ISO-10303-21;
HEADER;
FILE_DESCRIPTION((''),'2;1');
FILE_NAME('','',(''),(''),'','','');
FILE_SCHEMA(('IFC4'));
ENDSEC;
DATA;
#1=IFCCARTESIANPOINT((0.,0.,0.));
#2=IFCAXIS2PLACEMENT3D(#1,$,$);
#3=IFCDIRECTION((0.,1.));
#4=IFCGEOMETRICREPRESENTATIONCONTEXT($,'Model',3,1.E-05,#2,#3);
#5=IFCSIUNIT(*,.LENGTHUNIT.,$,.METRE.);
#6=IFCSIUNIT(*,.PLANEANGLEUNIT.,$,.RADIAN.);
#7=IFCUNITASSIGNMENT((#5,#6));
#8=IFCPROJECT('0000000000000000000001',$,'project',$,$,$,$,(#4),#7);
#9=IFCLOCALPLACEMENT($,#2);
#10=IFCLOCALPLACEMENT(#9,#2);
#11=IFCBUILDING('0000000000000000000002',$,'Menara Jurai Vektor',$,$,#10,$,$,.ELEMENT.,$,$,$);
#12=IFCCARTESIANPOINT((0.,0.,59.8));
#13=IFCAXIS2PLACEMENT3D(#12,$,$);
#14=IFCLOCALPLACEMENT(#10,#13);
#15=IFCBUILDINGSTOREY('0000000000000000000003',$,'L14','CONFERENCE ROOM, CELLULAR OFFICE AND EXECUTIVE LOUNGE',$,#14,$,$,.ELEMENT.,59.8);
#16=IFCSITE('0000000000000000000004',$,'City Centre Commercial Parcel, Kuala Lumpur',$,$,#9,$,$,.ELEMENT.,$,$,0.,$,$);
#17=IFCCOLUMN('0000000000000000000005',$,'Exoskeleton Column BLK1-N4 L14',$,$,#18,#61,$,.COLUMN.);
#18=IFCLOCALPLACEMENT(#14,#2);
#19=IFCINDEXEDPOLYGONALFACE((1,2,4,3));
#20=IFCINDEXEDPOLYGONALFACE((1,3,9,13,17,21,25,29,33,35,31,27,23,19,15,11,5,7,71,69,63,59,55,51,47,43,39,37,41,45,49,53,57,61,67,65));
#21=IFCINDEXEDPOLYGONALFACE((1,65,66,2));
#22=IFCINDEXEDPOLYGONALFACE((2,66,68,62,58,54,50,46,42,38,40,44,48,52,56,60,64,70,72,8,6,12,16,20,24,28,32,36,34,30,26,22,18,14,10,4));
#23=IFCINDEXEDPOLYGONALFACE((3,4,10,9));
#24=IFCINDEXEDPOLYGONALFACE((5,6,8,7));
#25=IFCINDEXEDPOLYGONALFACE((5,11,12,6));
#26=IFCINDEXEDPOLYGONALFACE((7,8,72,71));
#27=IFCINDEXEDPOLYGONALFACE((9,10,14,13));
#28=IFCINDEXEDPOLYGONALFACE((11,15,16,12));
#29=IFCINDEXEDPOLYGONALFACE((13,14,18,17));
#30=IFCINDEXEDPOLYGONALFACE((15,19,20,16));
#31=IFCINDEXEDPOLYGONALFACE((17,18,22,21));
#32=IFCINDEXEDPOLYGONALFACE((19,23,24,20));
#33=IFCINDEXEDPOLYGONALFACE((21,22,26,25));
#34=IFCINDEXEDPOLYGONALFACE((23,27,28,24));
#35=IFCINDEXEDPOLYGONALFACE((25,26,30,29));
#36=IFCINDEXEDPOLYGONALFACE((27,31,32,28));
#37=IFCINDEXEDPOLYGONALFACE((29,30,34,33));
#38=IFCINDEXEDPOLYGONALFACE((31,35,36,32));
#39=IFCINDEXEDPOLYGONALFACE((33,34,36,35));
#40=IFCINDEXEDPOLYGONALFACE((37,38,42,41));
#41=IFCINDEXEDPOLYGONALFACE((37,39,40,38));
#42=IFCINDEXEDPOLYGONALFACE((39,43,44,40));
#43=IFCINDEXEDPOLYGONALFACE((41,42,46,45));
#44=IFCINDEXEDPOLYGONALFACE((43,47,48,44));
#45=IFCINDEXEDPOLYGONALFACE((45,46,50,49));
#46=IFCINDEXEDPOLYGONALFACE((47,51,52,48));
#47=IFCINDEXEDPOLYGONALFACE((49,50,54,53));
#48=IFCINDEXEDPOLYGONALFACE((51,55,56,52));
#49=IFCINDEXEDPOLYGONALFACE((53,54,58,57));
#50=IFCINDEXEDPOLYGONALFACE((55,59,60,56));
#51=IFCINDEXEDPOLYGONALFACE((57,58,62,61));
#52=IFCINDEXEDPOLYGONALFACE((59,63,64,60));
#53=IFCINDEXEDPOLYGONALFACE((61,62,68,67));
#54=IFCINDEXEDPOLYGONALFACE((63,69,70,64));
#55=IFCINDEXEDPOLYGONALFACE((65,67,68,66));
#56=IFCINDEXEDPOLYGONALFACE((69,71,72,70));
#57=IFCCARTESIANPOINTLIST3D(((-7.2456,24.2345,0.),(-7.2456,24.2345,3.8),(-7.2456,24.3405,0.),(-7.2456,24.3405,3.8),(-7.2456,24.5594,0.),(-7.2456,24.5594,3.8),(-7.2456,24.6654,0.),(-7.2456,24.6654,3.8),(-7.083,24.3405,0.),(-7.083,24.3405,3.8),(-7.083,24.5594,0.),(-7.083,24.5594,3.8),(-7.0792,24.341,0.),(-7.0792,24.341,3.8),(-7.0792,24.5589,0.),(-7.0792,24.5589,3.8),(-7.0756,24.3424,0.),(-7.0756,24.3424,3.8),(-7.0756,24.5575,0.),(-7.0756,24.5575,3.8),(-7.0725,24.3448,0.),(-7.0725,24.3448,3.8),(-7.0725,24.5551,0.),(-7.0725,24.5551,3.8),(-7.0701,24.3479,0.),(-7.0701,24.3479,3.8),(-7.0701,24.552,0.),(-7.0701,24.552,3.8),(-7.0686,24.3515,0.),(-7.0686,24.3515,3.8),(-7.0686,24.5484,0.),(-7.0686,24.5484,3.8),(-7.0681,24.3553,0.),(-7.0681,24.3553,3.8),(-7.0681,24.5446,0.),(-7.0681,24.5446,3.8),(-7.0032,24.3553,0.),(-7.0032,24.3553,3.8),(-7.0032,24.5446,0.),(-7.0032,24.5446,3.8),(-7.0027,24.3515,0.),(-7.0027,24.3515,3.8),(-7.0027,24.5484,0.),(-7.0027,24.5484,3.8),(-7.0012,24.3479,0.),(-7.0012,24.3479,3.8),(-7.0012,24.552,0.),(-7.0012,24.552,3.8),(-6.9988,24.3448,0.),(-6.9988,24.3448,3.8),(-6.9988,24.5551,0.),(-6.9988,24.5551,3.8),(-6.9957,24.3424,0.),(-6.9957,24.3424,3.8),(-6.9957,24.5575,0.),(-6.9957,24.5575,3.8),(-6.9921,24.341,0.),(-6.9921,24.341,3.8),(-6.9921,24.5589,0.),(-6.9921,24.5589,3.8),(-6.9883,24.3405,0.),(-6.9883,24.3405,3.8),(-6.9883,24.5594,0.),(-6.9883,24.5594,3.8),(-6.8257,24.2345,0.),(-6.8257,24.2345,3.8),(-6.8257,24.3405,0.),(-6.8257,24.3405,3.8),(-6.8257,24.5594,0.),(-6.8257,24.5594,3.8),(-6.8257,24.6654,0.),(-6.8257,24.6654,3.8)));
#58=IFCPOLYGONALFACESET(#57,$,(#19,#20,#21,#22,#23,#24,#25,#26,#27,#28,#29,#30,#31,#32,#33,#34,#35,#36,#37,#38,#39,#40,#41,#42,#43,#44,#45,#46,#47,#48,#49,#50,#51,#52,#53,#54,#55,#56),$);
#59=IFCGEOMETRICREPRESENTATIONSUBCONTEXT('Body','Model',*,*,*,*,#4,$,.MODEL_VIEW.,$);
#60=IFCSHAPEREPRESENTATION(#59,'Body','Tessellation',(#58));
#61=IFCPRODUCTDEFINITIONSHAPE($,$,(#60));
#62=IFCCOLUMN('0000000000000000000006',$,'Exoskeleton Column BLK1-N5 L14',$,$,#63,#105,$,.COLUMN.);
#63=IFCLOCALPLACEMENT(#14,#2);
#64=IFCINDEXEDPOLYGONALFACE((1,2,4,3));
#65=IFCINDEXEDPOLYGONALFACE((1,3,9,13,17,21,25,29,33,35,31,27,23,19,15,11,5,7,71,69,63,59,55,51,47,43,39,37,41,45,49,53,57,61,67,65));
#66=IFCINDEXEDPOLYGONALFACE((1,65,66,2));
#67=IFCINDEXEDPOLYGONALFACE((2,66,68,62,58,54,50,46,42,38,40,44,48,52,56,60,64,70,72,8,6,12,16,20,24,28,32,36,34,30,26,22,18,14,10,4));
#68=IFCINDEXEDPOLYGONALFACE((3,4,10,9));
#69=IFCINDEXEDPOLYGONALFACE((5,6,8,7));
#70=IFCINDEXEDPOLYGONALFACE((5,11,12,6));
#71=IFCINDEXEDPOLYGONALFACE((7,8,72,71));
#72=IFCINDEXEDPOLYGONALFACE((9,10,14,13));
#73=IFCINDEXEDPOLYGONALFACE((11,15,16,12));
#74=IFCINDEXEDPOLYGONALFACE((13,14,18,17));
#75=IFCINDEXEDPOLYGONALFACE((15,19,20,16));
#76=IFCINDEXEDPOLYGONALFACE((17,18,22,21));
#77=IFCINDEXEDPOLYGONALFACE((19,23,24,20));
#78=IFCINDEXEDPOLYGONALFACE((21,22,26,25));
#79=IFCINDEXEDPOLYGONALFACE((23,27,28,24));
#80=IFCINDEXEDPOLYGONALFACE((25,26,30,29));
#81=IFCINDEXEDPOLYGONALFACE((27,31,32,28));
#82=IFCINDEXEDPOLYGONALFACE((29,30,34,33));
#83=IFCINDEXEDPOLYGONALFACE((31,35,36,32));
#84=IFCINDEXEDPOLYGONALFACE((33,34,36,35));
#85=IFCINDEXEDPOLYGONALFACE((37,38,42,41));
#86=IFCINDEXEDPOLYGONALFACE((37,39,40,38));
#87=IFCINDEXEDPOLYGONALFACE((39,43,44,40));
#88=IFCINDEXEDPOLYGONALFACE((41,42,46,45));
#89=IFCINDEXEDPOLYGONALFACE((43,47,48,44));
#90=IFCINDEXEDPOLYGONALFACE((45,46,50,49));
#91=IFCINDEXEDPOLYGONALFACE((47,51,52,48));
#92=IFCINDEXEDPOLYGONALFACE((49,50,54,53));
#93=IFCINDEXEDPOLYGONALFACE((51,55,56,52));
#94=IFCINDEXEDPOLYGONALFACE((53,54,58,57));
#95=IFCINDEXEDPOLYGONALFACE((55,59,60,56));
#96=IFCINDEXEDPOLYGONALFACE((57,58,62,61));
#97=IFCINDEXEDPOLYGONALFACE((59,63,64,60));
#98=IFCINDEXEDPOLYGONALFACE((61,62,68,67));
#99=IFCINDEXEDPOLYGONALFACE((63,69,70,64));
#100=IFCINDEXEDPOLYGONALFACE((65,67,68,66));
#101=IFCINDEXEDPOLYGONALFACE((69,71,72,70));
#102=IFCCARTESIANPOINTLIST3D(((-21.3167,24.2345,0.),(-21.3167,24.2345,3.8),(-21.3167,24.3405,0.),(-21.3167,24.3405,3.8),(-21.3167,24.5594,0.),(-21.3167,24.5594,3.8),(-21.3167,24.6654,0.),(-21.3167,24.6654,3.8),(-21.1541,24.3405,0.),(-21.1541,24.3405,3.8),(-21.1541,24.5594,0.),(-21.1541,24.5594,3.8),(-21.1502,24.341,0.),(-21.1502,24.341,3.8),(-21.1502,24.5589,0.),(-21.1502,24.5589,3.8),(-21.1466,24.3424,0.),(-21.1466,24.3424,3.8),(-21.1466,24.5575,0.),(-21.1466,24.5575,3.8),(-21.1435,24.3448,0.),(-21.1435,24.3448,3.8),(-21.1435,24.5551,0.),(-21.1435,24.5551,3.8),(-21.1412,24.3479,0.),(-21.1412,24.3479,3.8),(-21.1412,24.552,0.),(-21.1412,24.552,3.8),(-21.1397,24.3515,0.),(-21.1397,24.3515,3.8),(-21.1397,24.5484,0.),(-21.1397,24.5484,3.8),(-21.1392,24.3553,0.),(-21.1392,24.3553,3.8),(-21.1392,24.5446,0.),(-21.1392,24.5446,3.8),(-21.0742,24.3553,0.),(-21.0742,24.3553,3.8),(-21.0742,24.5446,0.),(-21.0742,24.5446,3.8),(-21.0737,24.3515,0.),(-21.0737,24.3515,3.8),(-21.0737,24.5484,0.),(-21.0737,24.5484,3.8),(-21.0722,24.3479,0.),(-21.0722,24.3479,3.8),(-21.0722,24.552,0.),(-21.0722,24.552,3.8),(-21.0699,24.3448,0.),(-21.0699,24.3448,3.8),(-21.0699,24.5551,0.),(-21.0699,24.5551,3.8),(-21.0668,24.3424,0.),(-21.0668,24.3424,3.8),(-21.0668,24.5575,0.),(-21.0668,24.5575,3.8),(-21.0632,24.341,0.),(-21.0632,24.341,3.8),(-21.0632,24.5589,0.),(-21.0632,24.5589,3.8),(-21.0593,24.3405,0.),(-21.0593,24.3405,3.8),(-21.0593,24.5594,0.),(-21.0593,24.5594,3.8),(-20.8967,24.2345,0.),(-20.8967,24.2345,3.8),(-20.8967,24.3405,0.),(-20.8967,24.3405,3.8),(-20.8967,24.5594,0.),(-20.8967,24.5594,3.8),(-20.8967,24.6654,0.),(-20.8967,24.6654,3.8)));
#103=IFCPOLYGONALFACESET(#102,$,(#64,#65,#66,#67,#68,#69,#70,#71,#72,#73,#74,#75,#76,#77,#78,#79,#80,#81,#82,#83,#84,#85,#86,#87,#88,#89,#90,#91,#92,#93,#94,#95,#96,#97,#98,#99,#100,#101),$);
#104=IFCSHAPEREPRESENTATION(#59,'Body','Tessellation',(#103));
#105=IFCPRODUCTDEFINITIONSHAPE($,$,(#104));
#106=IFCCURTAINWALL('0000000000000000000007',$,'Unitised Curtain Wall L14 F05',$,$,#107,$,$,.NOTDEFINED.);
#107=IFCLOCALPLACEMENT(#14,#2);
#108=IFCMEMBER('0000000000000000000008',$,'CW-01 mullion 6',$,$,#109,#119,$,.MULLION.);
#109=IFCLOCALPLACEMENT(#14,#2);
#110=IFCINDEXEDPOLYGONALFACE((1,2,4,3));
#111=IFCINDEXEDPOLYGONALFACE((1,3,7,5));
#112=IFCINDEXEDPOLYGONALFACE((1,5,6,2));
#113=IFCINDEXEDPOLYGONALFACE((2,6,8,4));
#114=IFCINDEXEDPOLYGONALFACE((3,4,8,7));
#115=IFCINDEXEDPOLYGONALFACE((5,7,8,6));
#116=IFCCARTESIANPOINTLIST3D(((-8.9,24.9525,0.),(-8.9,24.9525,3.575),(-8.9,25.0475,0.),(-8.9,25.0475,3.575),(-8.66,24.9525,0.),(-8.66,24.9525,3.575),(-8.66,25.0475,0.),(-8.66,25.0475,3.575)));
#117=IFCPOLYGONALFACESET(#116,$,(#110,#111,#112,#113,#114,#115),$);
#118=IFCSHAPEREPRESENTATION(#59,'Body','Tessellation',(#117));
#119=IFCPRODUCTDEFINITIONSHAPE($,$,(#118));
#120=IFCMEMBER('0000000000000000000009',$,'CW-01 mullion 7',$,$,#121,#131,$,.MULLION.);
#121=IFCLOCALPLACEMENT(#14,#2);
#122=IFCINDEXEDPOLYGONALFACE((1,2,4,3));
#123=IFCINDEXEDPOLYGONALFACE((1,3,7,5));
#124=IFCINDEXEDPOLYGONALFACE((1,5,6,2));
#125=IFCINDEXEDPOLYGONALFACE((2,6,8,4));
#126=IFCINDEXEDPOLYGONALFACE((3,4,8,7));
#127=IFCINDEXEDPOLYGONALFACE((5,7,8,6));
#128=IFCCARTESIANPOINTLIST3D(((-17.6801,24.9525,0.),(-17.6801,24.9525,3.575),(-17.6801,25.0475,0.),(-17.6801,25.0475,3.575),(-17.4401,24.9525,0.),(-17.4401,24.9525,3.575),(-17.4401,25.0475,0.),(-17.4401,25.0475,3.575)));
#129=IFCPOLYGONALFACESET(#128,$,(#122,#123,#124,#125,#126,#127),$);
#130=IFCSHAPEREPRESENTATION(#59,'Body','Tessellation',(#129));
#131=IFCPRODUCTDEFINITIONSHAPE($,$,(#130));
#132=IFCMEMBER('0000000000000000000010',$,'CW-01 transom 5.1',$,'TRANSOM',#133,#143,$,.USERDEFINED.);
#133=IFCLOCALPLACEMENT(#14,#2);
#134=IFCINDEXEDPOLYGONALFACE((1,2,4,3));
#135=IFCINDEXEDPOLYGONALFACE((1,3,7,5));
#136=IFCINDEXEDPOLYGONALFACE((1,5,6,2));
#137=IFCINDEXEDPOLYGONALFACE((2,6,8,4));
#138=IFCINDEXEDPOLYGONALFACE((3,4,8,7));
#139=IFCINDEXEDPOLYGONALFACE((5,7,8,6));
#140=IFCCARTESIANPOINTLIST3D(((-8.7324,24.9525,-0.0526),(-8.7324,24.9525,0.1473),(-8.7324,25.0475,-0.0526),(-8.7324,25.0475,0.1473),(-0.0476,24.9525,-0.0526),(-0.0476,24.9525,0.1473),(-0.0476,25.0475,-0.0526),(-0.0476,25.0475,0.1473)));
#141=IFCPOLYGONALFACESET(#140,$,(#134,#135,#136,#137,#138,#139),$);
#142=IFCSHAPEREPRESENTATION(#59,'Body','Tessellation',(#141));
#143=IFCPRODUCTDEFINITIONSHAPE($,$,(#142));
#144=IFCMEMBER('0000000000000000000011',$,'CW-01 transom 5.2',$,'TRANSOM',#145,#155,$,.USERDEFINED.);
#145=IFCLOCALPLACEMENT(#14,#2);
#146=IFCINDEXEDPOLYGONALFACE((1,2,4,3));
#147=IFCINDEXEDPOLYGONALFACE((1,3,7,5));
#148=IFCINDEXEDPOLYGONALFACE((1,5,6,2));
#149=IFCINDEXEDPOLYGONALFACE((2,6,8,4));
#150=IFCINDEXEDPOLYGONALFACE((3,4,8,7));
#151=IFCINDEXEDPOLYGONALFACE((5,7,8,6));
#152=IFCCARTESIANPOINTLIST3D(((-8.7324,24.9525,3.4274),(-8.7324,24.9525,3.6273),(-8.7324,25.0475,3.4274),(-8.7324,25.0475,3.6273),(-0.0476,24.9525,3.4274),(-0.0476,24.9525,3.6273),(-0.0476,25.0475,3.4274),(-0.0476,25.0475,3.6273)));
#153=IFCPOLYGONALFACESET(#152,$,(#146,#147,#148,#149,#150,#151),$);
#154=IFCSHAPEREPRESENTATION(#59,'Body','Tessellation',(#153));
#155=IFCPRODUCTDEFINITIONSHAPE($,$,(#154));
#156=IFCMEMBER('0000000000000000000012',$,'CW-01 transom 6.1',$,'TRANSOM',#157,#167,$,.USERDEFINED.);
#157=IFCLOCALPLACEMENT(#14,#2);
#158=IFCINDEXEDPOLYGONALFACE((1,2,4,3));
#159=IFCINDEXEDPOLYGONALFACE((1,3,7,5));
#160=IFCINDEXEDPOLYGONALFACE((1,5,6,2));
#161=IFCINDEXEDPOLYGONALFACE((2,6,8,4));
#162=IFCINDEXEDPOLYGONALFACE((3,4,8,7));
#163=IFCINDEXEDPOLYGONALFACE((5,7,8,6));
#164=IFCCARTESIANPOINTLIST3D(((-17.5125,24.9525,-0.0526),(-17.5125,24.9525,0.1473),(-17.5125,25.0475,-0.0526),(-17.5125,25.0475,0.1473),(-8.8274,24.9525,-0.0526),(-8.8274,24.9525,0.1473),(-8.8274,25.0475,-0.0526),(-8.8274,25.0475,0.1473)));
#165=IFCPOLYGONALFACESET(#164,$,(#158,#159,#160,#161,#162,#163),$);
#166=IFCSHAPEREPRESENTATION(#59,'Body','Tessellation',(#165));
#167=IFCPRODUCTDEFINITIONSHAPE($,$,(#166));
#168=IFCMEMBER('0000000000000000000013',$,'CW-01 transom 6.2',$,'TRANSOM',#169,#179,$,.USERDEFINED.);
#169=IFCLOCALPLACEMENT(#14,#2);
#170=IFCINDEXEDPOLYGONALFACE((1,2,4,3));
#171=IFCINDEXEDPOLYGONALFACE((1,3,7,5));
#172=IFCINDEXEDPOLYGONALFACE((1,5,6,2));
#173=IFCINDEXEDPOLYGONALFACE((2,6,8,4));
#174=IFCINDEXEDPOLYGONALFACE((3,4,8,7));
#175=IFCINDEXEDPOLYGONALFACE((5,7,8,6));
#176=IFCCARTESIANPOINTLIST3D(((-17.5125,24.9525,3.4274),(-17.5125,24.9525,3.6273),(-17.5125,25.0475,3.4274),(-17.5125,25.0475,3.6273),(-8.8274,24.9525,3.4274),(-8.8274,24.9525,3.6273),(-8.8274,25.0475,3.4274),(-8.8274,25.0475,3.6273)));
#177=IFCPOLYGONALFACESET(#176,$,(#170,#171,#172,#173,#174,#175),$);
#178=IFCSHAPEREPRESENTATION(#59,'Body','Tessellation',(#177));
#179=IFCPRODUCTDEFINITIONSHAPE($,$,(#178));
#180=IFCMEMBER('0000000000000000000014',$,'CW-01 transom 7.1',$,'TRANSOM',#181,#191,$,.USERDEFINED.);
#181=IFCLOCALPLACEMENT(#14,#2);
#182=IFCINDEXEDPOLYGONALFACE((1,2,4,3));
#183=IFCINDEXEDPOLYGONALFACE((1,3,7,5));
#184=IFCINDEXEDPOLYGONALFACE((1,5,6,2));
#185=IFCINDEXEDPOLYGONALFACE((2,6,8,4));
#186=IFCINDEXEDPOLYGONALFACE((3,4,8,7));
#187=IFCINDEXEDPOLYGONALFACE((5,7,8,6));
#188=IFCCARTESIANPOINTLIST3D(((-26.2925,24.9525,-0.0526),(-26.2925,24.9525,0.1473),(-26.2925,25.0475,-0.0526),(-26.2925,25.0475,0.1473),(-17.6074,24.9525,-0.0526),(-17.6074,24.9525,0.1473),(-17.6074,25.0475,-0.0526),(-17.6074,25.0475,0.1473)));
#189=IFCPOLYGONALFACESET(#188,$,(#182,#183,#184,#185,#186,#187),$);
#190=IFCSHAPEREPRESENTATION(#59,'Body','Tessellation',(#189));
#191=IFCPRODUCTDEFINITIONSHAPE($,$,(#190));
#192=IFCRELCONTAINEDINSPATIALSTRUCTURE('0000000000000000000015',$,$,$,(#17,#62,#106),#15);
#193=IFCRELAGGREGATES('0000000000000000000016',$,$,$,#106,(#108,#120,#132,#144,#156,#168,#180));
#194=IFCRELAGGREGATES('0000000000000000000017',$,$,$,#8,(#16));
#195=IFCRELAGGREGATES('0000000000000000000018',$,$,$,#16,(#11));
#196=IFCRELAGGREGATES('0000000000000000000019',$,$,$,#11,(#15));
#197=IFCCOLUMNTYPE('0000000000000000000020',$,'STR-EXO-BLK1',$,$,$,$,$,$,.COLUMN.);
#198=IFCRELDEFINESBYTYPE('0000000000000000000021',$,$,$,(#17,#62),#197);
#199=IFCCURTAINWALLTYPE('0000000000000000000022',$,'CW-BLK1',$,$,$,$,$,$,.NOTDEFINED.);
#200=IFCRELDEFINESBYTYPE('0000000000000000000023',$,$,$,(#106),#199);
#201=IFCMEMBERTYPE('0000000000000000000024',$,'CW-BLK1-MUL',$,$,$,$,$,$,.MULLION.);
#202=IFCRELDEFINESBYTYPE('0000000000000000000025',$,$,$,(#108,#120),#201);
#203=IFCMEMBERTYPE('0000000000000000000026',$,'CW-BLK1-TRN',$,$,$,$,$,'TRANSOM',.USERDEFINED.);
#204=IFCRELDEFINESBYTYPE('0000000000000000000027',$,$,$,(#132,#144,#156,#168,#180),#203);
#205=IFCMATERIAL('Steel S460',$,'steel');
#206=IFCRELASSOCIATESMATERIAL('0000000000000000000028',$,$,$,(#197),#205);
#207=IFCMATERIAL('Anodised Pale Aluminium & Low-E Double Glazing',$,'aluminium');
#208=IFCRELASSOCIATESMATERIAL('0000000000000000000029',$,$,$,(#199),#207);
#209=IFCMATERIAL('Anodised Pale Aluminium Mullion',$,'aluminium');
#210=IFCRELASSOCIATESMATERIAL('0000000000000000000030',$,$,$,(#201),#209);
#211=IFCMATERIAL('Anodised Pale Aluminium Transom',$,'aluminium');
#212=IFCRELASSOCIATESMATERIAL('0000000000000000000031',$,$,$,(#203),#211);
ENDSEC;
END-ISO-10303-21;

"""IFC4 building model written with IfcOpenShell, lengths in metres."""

from ifc_helpers import new_model, si_unit, direction, frame, origin, origin_2d, place, context, subcontext, project, spatial, rectangle, i_section, extrude, material, material_profile, profile_set, type_object, element, aggregate, save


model = new_model("IFC4")

# Units and contexts
model_context = context("Model", 3, precision=1e-05, world=origin(), true_north=direction((0.0, 1.0)))
body_context = subcontext(model_context, "Body", "Model", "MODEL_VIEW")
ifc_project = project(units=[si_unit("LENGTHUNIT", "METRE"), si_unit("PLANEANGLEUNIT", "RADIAN")], contexts=[model_context])

# Site, building, storey
site_placement = place(None, origin())
site = spatial("IfcSite", under=ifc_project, at=site_placement, Name="City Centre Commercial Parcel, Kuala Lumpur", CompositionType="ELEMENT", RefElevation=0.0)
building_placement = place(site_placement, origin())
building = spatial("IfcBuilding", under=site, at=building_placement, Name="Menara Jurai Vektor", CompositionType="ELEMENT")
storey_placement = place(building_placement, frame((0.0, 0.0, 59.8)))
storey = spatial("IfcBuildingStorey", under=building, at=storey_placement, Name="L14", Description="CONFERENCE ROOM, CELLULAR OFFICE AND EXECUTIVE LOUNGE", CompositionType="ELEMENT", Elevation=59.8)

# Columns
ifc_material_1 = material(Name="Steel S460", Category="steel")
ifc_material_profile_1 = material_profile(ifc_material_1, i_section(OverallWidth=0.4199, OverallDepth=0.4309, WebThickness=0.0649, FlangeThickness=0.106, FilletRadius=0.0149, at=origin_2d()), Name="HD 400x900")
ifc_profile_set_1 = profile_set([ifc_material_profile_1], Name="Steel S460")
column_type = type_object("IfcColumnType", Name="STR-EXO-BLK1", PredefinedType="COLUMN", material=ifc_profile_set_1)
for number, where, z_axis, x_axis, name in (
    (1, (-7.0356, 24.45, 0.0), (0.0, 0.0, 1.0), (1.0, 0.0, 0.0), "Exoskeleton Column BLK1-N4 L14"),
    (2, (-21.1067, 24.45, 0.0), (0.0, 0.0, 1.0), (1.0, 0.0, 0.0), "Exoskeleton Column BLK1-N5 L14"),
):
    element("IfcColumn", number, at=place(storey_placement, frame(where, z_axis=z_axis, x_axis=x_axis)), inside=storey, type_object=column_type, Name=name, PredefinedType="COLUMN", context=body_context, shape_type="SweptSolid", body=[
        extrude(i_section(OverallWidth=0.4199, OverallDepth=0.4309, WebThickness=0.0649, FlangeThickness=0.106, FilletRadius=0.0149, at=origin_2d()), origin(), (0.0, 0.0, 1.0), 3.8),
    ])

# Curtain wall, members
ifc_material_2 = material(Name="Anodised Pale Aluminium & Low-E Double Glazing", Category="aluminium")
curtain_wall_type = type_object("IfcCurtainWallType", Name="CW-BLK1", PredefinedType="NOTDEFINED", material=ifc_material_2)
curtain_wall_placement = place(storey_placement, origin())
curtain_wall = element("IfcCurtainWall", 3, at=curtain_wall_placement, inside=storey, type_object=curtain_wall_type, Name="Unitised Curtain Wall L14 F05", PredefinedType="NOTDEFINED")
ifc_material_3 = material(Name="Anodised Pale Aluminium Mullion", Category="aluminium")
ifc_material_profile_2 = material_profile(ifc_material_3, rectangle(XDim=0.095, YDim=0.24, at=origin_2d()), Name="ALU MUL 95x240")
ifc_profile_set_2 = profile_set([ifc_material_profile_2], Name="Anodised Pale Aluminium Mullion")
member_type_1 = type_object("IfcMemberType", Name="CW-BLK1-MUL", PredefinedType="MULLION", material=ifc_profile_set_2)
member_1_placement = place(storey_placement, frame((-8.78, 25.0, 0.0), z_axis=(0.0, 0.0, 1.0), x_axis=(0.0, -1.0, 0.0)))
member_1 = element("IfcMember", 4, at=member_1_placement, type_object=member_type_1, Name="CW-01 mullion 6", PredefinedType="MULLION", context=body_context, shape_type="SweptSolid", body=[
    extrude(rectangle(XDim=0.095, YDim=0.24, at=origin_2d()), origin(), (0.0, 0.0, 1.0), 3.575),
])
member_2_placement = place(storey_placement, frame((-17.5601, 25.0, 0.0), z_axis=(0.0, 0.0, 1.0), x_axis=(0.0, -1.0, 0.0)))
member_2 = element("IfcMember", 5, at=member_2_placement, type_object=member_type_1, Name="CW-01 mullion 7", PredefinedType="MULLION", context=body_context, shape_type="SweptSolid", body=[
    extrude(rectangle(XDim=0.095, YDim=0.24, at=origin_2d()), origin(), (0.0, 0.0, 1.0), 3.575),
])
ifc_material_4 = material(Name="Anodised Pale Aluminium Transom", Category="aluminium")
ifc_material_profile_3 = material_profile(ifc_material_4, rectangle(XDim=0.095, YDim=0.2, at=origin_2d()), Name="ALU TRN 95x200")
ifc_profile_set_3 = profile_set([ifc_material_profile_3], Name="Anodised Pale Aluminium Transom")
member_type_2 = type_object("IfcMemberType", Name="CW-BLK1-TRN", ElementType="TRANSOM", PredefinedType="USERDEFINED", material=ifc_profile_set_3)
member_3_placement = place(storey_placement, frame((-0.0476, 25.0, 0.0474), z_axis=(-1.0, 0.0, 0.0), x_axis=(0.0, -1.0, 0.0)))
member_3 = element("IfcMember", 6, at=member_3_placement, type_object=member_type_2, Name="CW-01 transom 5.1", ObjectType="TRANSOM", PredefinedType="USERDEFINED", context=body_context, shape_type="SweptSolid", body=[
    extrude(rectangle(XDim=0.095, YDim=0.2, at=origin_2d()), origin(), (0.0, 0.0, 1.0), 8.6848),
])
member_4_placement = place(storey_placement, frame((-0.0476, 25.0, 3.5273), z_axis=(-1.0, 0.0, 0.0), x_axis=(0.0, -1.0, 0.0)))
member_4 = element("IfcMember", 7, at=member_4_placement, type_object=member_type_2, Name="CW-01 transom 5.2", ObjectType="TRANSOM", PredefinedType="USERDEFINED", context=body_context, shape_type="SweptSolid", body=[
    extrude(rectangle(XDim=0.095, YDim=0.2, at=origin_2d()), origin(), (0.0, 0.0, 1.0), 8.6848),
])
member_5_placement = place(storey_placement, frame((-8.8274, 25.0, 0.0474), z_axis=(-1.0, 0.0, 0.0), x_axis=(0.0, -1.0, 0.0)))
member_5 = element("IfcMember", 8, at=member_5_placement, type_object=member_type_2, Name="CW-01 transom 6.1", ObjectType="TRANSOM", PredefinedType="USERDEFINED", context=body_context, shape_type="SweptSolid", body=[
    extrude(rectangle(XDim=0.095, YDim=0.2, at=origin_2d()), origin(), (0.0, 0.0, 1.0), 8.6851),
])
member_6_placement = place(storey_placement, frame((-8.8274, 25.0, 3.5273), z_axis=(-1.0, 0.0, 0.0), x_axis=(0.0, -1.0, 0.0)))
member_6 = element("IfcMember", 9, at=member_6_placement, type_object=member_type_2, Name="CW-01 transom 6.2", ObjectType="TRANSOM", PredefinedType="USERDEFINED", context=body_context, shape_type="SweptSolid", body=[
    extrude(rectangle(XDim=0.095, YDim=0.2, at=origin_2d()), origin(), (0.0, 0.0, 1.0), 8.6851),
])
member_7_placement = place(storey_placement, frame((-17.6074, 25.0, 0.0474), z_axis=(-1.0, 0.0, 0.0), x_axis=(0.0, -1.0, 0.0)))
member_7 = element("IfcMember", 10, at=member_7_placement, type_object=member_type_2, Name="CW-01 transom 7.1", ObjectType="TRANSOM", PredefinedType="USERDEFINED", context=body_context, shape_type="SweptSolid", body=[
    extrude(rectangle(XDim=0.095, YDim=0.2, at=origin_2d()), origin(), (0.0, 0.0, 1.0), 8.6851),
])

aggregate(curtain_wall, [member_1, member_2, member_3, member_4, member_5, member_6, member_7])

save(model, "model.ifc")
